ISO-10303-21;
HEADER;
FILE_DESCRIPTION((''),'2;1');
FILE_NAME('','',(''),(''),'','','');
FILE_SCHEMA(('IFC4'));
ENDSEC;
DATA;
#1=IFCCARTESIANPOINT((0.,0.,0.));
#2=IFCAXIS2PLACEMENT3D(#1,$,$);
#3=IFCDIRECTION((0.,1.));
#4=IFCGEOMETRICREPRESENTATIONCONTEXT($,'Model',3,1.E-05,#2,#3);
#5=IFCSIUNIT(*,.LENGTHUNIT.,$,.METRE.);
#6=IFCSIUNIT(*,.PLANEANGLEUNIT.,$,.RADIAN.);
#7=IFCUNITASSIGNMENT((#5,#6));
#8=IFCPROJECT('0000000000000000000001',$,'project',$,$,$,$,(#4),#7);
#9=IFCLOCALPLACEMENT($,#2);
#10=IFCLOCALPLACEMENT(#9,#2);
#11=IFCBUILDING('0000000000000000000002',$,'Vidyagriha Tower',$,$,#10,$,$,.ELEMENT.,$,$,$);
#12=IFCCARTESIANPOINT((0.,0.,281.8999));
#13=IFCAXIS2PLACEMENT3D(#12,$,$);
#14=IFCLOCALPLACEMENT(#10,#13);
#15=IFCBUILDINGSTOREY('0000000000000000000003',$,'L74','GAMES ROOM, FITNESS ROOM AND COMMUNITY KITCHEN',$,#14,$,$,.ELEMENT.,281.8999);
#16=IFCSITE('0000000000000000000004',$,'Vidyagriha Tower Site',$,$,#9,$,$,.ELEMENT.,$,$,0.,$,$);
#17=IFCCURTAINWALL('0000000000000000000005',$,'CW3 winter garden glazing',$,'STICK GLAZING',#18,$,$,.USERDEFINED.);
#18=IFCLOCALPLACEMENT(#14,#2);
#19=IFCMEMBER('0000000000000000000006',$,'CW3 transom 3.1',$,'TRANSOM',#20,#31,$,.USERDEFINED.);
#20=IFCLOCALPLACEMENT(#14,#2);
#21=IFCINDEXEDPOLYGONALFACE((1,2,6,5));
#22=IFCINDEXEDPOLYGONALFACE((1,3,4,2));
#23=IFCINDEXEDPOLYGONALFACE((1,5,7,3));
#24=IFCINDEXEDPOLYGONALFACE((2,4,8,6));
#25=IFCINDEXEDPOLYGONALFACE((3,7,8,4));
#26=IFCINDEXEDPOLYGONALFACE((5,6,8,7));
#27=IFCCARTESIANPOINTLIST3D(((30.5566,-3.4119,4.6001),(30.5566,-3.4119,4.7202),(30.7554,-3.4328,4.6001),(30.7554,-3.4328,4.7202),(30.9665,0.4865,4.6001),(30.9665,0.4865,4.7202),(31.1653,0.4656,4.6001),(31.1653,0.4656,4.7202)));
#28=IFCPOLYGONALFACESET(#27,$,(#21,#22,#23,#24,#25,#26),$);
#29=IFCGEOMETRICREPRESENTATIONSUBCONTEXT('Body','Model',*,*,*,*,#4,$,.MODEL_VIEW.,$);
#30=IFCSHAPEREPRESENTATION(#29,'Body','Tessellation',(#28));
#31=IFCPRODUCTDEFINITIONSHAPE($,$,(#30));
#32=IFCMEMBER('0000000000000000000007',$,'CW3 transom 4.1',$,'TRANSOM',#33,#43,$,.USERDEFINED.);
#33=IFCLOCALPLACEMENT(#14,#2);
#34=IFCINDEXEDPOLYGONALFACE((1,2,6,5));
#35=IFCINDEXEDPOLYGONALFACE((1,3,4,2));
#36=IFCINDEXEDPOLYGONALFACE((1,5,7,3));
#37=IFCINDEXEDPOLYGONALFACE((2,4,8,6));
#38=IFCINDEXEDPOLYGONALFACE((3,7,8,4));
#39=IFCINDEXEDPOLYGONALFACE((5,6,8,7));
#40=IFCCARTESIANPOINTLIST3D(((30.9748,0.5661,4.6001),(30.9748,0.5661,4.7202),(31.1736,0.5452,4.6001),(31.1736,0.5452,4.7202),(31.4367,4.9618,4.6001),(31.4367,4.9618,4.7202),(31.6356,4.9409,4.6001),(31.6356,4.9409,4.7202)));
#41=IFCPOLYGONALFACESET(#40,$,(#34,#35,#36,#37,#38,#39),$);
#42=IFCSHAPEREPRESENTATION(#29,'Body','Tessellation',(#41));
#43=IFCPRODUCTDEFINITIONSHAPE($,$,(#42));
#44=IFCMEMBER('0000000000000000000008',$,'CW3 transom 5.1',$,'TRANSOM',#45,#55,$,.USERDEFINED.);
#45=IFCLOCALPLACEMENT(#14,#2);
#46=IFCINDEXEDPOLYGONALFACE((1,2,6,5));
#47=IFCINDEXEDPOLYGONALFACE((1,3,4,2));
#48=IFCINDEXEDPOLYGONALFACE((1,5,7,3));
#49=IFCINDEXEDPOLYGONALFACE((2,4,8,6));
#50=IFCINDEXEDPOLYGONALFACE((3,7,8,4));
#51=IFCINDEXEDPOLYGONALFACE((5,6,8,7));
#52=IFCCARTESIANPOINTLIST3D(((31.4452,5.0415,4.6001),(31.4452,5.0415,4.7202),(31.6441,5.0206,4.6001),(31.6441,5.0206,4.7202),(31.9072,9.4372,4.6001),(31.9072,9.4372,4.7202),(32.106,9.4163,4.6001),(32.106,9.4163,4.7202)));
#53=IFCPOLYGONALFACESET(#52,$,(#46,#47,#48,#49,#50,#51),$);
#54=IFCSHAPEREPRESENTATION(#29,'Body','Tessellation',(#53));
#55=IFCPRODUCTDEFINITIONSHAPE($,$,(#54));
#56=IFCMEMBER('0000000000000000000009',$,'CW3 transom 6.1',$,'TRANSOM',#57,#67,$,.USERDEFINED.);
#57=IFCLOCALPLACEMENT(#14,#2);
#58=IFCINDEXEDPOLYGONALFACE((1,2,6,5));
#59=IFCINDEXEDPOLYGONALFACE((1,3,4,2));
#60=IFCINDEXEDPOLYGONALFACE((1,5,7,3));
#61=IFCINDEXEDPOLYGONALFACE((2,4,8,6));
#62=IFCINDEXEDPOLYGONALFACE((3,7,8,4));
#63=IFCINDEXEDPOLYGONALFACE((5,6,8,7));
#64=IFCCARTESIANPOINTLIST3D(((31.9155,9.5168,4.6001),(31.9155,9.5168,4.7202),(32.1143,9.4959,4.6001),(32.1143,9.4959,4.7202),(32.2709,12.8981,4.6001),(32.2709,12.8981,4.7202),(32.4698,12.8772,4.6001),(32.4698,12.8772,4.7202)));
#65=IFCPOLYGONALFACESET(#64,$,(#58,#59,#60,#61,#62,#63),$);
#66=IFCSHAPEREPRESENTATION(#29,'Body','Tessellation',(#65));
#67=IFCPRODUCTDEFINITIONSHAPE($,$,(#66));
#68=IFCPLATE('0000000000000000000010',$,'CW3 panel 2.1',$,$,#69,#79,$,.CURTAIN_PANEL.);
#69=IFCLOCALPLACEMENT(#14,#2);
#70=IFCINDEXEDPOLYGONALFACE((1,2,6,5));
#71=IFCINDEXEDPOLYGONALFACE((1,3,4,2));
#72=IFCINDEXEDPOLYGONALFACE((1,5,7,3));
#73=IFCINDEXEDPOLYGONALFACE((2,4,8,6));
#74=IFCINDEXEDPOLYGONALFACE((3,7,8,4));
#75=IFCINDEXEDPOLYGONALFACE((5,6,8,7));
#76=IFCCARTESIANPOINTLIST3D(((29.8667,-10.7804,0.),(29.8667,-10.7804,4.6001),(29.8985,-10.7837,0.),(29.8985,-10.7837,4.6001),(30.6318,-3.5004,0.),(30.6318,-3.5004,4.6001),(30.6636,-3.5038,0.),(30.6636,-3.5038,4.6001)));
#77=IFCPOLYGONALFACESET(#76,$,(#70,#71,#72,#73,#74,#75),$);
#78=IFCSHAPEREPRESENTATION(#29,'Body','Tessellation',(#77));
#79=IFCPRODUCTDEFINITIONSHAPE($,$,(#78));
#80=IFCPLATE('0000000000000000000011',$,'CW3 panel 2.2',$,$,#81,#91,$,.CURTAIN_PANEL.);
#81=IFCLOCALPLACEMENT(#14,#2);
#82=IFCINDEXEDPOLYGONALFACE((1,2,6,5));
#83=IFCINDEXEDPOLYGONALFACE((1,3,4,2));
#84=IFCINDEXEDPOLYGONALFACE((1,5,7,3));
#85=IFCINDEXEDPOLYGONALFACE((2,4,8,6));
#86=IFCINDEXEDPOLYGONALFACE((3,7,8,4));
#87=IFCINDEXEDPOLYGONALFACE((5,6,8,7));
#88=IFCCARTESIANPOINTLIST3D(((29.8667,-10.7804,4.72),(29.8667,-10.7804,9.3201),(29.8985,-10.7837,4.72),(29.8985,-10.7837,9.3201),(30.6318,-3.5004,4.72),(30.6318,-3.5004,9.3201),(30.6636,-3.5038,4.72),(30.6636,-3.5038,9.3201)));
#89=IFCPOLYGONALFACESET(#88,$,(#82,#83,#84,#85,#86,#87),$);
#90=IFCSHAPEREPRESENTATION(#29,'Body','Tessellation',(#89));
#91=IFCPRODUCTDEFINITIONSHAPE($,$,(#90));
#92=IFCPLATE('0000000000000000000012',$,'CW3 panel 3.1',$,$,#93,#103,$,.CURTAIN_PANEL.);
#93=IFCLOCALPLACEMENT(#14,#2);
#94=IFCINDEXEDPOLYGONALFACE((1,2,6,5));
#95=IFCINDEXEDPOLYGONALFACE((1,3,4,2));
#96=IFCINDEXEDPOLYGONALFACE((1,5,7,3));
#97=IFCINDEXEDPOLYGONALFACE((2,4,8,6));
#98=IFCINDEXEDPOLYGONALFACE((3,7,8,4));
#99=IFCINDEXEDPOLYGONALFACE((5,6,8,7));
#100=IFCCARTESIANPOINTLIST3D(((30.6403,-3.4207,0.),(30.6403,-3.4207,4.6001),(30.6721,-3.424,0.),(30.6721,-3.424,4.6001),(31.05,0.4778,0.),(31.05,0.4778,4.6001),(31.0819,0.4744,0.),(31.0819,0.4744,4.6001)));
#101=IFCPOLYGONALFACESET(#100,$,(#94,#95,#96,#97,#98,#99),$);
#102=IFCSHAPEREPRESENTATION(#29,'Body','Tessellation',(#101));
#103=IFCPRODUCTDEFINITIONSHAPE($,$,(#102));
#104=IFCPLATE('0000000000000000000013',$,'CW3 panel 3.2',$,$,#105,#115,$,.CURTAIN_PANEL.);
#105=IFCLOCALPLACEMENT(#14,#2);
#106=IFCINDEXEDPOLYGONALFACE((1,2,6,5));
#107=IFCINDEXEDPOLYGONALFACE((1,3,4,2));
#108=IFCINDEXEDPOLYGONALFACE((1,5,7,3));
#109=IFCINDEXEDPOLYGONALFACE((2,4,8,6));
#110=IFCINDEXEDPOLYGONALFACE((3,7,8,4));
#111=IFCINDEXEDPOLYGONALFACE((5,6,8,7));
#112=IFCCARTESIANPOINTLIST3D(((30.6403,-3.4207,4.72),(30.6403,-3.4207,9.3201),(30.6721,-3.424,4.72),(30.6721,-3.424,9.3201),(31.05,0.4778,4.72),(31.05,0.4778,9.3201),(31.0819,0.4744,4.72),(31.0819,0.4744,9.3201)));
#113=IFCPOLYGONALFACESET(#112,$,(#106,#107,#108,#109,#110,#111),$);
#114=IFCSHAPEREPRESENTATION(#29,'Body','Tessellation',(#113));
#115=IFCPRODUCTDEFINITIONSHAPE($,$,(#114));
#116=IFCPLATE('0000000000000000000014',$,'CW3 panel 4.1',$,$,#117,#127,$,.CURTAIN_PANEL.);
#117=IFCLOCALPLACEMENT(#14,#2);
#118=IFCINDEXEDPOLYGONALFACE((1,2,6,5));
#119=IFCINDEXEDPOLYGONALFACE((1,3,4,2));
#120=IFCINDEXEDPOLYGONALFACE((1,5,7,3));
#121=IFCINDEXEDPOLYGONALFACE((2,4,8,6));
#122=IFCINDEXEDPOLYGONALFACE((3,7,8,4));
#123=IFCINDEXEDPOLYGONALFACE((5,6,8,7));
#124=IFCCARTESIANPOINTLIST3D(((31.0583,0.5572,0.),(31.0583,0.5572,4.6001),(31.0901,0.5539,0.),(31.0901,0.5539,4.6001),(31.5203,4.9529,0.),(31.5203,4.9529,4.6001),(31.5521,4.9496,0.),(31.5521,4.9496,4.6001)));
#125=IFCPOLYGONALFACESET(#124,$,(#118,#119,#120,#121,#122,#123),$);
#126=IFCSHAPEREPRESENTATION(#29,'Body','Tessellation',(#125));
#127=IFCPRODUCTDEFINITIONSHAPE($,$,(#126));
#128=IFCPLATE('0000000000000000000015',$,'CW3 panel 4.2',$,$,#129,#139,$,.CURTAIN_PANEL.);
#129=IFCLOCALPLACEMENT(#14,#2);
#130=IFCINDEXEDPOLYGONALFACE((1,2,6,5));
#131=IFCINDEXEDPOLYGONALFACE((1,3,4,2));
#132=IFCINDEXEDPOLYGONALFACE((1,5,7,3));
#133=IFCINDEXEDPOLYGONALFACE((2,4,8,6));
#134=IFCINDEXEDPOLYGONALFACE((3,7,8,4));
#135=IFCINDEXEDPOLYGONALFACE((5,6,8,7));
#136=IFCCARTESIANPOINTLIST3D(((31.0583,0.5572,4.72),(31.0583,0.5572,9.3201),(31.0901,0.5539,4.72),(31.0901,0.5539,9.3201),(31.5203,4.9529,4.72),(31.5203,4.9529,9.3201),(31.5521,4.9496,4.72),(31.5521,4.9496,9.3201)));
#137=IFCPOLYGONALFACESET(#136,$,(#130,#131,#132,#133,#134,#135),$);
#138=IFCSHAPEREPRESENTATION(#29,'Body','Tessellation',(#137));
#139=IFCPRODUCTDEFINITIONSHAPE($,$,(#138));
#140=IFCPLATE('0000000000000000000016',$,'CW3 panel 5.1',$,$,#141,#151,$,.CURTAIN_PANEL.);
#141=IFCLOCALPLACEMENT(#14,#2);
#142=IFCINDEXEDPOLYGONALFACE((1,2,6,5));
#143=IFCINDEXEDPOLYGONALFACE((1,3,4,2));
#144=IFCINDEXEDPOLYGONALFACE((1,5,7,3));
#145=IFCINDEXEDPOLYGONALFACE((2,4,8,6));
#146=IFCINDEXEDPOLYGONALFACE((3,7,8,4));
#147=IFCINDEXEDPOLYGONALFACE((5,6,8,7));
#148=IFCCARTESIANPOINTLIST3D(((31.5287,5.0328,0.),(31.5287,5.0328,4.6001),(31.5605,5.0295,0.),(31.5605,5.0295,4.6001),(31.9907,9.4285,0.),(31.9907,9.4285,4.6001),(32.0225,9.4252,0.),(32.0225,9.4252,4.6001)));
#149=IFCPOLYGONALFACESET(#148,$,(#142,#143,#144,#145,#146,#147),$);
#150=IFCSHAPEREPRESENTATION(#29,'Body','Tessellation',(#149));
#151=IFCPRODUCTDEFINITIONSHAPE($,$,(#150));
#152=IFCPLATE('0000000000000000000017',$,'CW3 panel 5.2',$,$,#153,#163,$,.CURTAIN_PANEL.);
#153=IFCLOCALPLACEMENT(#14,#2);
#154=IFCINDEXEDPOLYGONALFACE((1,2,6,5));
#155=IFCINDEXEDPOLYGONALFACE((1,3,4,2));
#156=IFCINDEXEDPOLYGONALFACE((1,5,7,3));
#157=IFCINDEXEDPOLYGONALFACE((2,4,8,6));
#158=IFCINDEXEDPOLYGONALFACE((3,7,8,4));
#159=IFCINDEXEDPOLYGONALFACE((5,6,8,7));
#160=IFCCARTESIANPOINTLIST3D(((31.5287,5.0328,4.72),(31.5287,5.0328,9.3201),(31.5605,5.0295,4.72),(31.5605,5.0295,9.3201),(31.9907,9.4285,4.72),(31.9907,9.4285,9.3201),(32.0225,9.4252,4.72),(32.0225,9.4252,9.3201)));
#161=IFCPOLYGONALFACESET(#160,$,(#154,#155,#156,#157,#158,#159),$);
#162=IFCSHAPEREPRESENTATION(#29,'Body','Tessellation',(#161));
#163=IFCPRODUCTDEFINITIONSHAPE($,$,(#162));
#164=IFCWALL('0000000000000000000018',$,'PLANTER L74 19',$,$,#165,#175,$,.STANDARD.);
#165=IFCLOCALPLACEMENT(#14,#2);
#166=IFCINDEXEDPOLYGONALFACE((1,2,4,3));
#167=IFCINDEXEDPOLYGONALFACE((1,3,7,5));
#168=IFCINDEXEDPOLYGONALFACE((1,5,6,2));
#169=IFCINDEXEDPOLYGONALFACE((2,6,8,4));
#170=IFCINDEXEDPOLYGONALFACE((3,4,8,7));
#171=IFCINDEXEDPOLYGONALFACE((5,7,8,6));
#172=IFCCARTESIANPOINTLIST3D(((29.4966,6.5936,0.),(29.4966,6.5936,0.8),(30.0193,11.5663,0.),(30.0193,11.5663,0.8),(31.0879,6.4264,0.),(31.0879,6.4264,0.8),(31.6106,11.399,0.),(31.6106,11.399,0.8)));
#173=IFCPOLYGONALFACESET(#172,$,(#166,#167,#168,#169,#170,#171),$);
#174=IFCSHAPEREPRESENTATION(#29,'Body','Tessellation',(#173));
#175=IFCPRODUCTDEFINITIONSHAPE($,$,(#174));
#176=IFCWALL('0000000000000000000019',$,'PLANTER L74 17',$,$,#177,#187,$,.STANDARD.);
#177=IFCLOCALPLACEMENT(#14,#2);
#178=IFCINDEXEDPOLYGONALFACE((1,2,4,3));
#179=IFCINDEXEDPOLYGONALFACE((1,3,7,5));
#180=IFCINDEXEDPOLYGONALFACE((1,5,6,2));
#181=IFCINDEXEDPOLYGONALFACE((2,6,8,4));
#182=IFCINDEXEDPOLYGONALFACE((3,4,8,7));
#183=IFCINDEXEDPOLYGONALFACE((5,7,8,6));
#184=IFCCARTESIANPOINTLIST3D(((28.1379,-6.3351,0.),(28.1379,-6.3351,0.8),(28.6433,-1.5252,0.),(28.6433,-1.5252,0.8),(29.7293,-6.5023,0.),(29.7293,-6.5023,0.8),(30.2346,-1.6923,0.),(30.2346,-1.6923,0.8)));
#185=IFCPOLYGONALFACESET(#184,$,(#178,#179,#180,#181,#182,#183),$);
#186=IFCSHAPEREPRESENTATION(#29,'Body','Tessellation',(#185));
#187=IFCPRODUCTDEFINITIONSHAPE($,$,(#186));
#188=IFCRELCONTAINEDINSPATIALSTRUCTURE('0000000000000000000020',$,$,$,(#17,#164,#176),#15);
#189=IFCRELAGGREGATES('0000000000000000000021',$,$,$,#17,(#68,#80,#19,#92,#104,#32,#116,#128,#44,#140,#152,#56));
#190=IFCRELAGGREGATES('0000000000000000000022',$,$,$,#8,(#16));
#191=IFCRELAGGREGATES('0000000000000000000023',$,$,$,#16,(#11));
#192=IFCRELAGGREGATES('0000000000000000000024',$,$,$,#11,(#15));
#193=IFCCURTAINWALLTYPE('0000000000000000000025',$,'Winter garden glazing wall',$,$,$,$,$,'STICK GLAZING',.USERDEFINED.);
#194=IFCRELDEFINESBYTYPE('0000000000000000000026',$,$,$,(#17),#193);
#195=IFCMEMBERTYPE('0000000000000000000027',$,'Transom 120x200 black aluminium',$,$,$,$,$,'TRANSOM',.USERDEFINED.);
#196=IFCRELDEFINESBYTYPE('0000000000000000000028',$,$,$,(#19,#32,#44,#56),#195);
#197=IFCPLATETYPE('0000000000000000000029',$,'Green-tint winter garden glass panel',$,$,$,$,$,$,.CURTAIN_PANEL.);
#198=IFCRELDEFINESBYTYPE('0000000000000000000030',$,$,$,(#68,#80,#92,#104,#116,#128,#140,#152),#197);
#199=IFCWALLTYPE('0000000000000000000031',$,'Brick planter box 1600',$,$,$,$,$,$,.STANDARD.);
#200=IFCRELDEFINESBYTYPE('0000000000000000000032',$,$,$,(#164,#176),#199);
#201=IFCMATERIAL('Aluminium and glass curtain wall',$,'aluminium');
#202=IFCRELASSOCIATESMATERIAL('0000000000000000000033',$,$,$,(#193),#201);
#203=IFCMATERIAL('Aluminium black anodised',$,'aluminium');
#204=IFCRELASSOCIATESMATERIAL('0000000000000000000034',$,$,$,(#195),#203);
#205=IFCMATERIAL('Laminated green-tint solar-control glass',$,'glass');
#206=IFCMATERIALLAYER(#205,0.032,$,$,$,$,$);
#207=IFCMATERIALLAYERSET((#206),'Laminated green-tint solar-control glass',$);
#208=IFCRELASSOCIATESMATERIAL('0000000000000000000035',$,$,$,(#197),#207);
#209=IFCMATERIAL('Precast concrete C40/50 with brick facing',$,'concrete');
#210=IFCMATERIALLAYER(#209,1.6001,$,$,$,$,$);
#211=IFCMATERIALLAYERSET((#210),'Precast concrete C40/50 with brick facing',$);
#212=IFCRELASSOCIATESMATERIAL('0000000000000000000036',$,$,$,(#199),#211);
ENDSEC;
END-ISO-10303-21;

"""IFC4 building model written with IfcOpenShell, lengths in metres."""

from ifc_helpers import new_model, si_unit, direction, frame, frame_2d, origin, origin_2d, place, context, subcontext, project, spatial, rectangle, extrude, material, layer, layer_set, material_profile, profile_set, type_object, element, aggregate, save


model = new_model("IFC4")

# Units and contexts
model_context = context("Model", 3, precision=1e-05, world=origin(), true_north=direction((0.0, 1.0)))
body_context = subcontext(model_context, "Body", "Model", "MODEL_VIEW")
ifc_project = project(units=[si_unit("LENGTHUNIT", "METRE"), si_unit("PLANEANGLEUNIT", "RADIAN")], contexts=[model_context])

# Site, building, storey
site_placement = place(None, origin())
site = spatial("IfcSite", under=ifc_project, at=site_placement, Name="Vidyagriha Tower Site", CompositionType="ELEMENT", RefElevation=0.0)
building_placement = place(site_placement, origin())
building = spatial("IfcBuilding", under=site, at=building_placement, Name="Vidyagriha Tower", CompositionType="ELEMENT")
storey_placement = place(building_placement, frame((0.0, 0.0, 281.8999)))
storey = spatial("IfcBuildingStorey", under=building, at=storey_placement, Name="L74", Description="GAMES ROOM, FITNESS ROOM AND COMMUNITY KITCHEN", CompositionType="ELEMENT", Elevation=281.8999)

# Curtain wall, members, plates
ifc_material_1 = material(Name="Aluminium and glass curtain wall", Category="aluminium")
curtain_wall_type = type_object("IfcCurtainWallType", Name="Winter garden glazing wall", ElementType="STICK GLAZING", PredefinedType="USERDEFINED", material=ifc_material_1)
curtain_wall_placement = place(storey_placement, origin())
curtain_wall = element("IfcCurtainWall", 1, at=curtain_wall_placement, inside=storey, type_object=curtain_wall_type, Name="CW3 winter garden glazing", ObjectType="STICK GLAZING", PredefinedType="USERDEFINED")
ifc_material_2 = material(Name="Aluminium black anodised", Category="aluminium")
ifc_material_profile_1 = material_profile(ifc_material_2, rectangle(XDim=0.2, YDim=0.1201, at=origin_2d()), Name="Transom 120x200 black aluminium")
ifc_profile_set_1 = profile_set([ifc_material_profile_1], Name="Aluminium black anodised")
member_type_1 = type_object("IfcMemberType", Name="Transom 120x200 black aluminium", ElementType="TRANSOM", PredefinedType="USERDEFINED", material=ifc_profile_set_1)
member_1_placement = place(storey_placement, frame((30.656, -3.4224, 4.6602), z_axis=(0.104571, 0.994517, 0.0), x_axis=(-0.994517, 0.104571, 0.0)))
member_1 = element("IfcMember", 2, at=member_1_placement, type_object=member_type_1, Name="CW3 transom 3.1", ObjectType="TRANSOM", PredefinedType="USERDEFINED", context=body_context, shape_type="SweptSolid", body=[
    extrude(rectangle(XDim=0.2, YDim=0.1201, at=origin_2d()), origin(), (0.0, 0.0, 1.0), 3.9199),
])
member_2_placement = place(storey_placement, frame((31.0742, 0.5557, 4.6602), z_axis=(0.104507, 0.994524, 0.0), x_axis=(-0.994524, 0.104507, 0.0)))
member_2 = element("IfcMember", 3, at=member_2_placement, type_object=member_type_1, Name="CW3 transom 4.1", ObjectType="TRANSOM", PredefinedType="USERDEFINED", context=body_context, shape_type="SweptSolid", body=[
    extrude(rectangle(XDim=0.2, YDim=0.1201, at=origin_2d()), origin(), (0.0, 0.0, 1.0), 4.4199),
])
member_3_placement = place(storey_placement, frame((31.5447, 5.031, 4.6602), z_axis=(0.104507, 0.994524, 0.0), x_axis=(-0.994524, 0.104507, 0.0)))
member_3 = element("IfcMember", 4, at=member_3_placement, type_object=member_type_1, Name="CW3 transom 5.1", ObjectType="TRANSOM", PredefinedType="USERDEFINED", context=body_context, shape_type="SweptSolid", body=[
    extrude(rectangle(XDim=0.2, YDim=0.1201, at=origin_2d()), origin(), (0.0, 0.0, 1.0), 4.4199),
])
member_4_placement = place(storey_placement, frame((32.0149, 9.5063, 4.6602), z_axis=(0.10455, 0.99452, 0.0), x_axis=(-0.99452, 0.10455, 0.0)))
member_4 = element("IfcMember", 5, at=member_4_placement, type_object=member_type_1, Name="CW3 transom 6.1", ObjectType="TRANSOM", PredefinedType="USERDEFINED", context=body_context, shape_type="SweptSolid", body=[
    extrude(rectangle(XDim=0.2, YDim=0.1201, at=origin_2d()), origin(), (0.0, 0.0, 1.0), 3.3999),
])
ifc_material_3 = material(Name="Laminated green-tint solar-control glass", Category="glass")
ifc_layer_1 = layer(ifc_material_3, 0.032)
ifc_layer_set_1 = layer_set([ifc_layer_1], Name="Laminated green-tint solar-control glass")
plate_type = type_object("IfcPlateType", Name="Green-tint winter garden glass panel", PredefinedType="CURTAIN_PANEL", material=ifc_layer_set_1)
plate_1_placement = place(storey_placement, frame((30.2651, -7.1421, 0.0), z_axis=(0.0, 0.0, 1.0), x_axis=(0.104527, 0.994522, 0.0)))
plate_1 = element("IfcPlate", 6, at=plate_1_placement, type_object=plate_type, Name="CW3 panel 2.1", PredefinedType="CURTAIN_PANEL", context=body_context, shape_type="SweptSolid", body=[
    extrude(rectangle(XDim=7.3201, YDim=0.032, at=origin_2d()), origin(), (0.0, 0.0, 1.0), 4.6001),
])
plate_2_placement = place(storey_placement, frame((30.2651, -7.1421, 4.72), z_axis=(0.0, 0.0, 1.0), x_axis=(0.104527, 0.994522, 0.0)))
plate_2 = element("IfcPlate", 7, at=plate_2_placement, type_object=plate_type, Name="CW3 panel 2.2", PredefinedType="CURTAIN_PANEL", context=body_context, shape_type="SweptSolid", body=[
    extrude(rectangle(XDim=7.3201, YDim=0.032, at=origin_2d()), origin(), (0.0, 0.0, 1.0), 4.6001),
])
plate_3_placement = place(storey_placement, frame((30.8611, -1.4731, 0.0), z_axis=(0.0, 0.0, 1.0), x_axis=(0.104527, 0.994522, 0.0)))
plate_3 = element("IfcPlate", 8, at=plate_3_placement, type_object=plate_type, Name="CW3 panel 3.1", PredefinedType="CURTAIN_PANEL", context=body_context, shape_type="SweptSolid", body=[
    extrude(rectangle(XDim=3.9199, YDim=0.032, at=origin_2d()), origin(), (0.0, 0.0, 1.0), 4.6001),
])
plate_4_placement = place(storey_placement, frame((30.8611, -1.4731, 4.72), z_axis=(0.0, 0.0, 1.0), x_axis=(0.104527, 0.994522, 0.0)))
plate_4 = element("IfcPlate", 9, at=plate_4_placement, type_object=plate_type, Name="CW3 panel 3.2", PredefinedType="CURTAIN_PANEL", context=body_context, shape_type="SweptSolid", body=[
    extrude(rectangle(XDim=3.9199, YDim=0.032, at=origin_2d()), origin(), (0.0, 0.0, 1.0), 4.6001),
])
plate_5_placement = place(storey_placement, frame((31.3052, 2.7534, 0.0), z_axis=(0.0, 0.0, 1.0), x_axis=(0.104527, 0.994522, 0.0)))
plate_5 = element("IfcPlate", 10, at=plate_5_placement, type_object=plate_type, Name="CW3 panel 4.1", PredefinedType="CURTAIN_PANEL", context=body_context, shape_type="SweptSolid", body=[
    extrude(rectangle(XDim=4.4199, YDim=0.032, at=origin_2d()), origin(), (0.0, 0.0, 1.0), 4.6001),
])
plate_6_placement = place(storey_placement, frame((31.3052, 2.7534, 4.72), z_axis=(0.0, 0.0, 1.0), x_axis=(0.104527, 0.994522, 0.0)))
plate_6 = element("IfcPlate", 11, at=plate_6_placement, type_object=plate_type, Name="CW3 panel 4.2", PredefinedType="CURTAIN_PANEL", context=body_context, shape_type="SweptSolid", body=[
    extrude(rectangle(XDim=4.4199, YDim=0.032, at=origin_2d()), origin(), (0.0, 0.0, 1.0), 4.6001),
])
plate_7_placement = place(storey_placement, frame((31.7756, 7.229, 0.0), z_axis=(0.0, 0.0, 1.0), x_axis=(0.104527, 0.994522, 0.0)))
plate_7 = element("IfcPlate", 12, at=plate_7_placement, type_object=plate_type, Name="CW3 panel 5.1", PredefinedType="CURTAIN_PANEL", context=body_context, shape_type="SweptSolid", body=[
    extrude(rectangle(XDim=4.4199, YDim=0.032, at=origin_2d()), origin(), (0.0, 0.0, 1.0), 4.6001),
])
plate_8_placement = place(storey_placement, frame((31.7756, 7.229, 4.72), z_axis=(0.0, 0.0, 1.0), x_axis=(0.104527, 0.994522, 0.0)))
plate_8 = element("IfcPlate", 13, at=plate_8_placement, type_object=plate_type, Name="CW3 panel 5.2", PredefinedType="CURTAIN_PANEL", context=body_context, shape_type="SweptSolid", body=[
    extrude(rectangle(XDim=4.4199, YDim=0.032, at=origin_2d()), origin(), (0.0, 0.0, 1.0), 4.6001),
])
aggregate(curtain_wall, [plate_1, plate_2, member_1, plate_3, plate_4, member_2, plate_5, plate_6, member_3, plate_7, plate_8, member_4])

# Walls
ifc_material_4 = material(Name="Precast concrete C40/50 with brick facing", Category="concrete")
ifc_layer_2 = layer(ifc_material_4, 1.6001)
ifc_layer_set_2 = layer_set([ifc_layer_2], Name="Precast concrete C40/50 with brick facing")
wall_type_1 = type_object("IfcWallType", Name="Brick planter box 1600", PredefinedType="STANDARD", material=ifc_layer_set_2)
wall_1_placement = place(storey_placement, frame((30.2922, 6.51, 0.0), z_axis=(0.0, 0.0, 1.0), x_axis=(0.10454, 0.994521, 0.0)))
element("IfcWall", 14, at=wall_1_placement, inside=storey, type_object=wall_type_1, Name="PLANTER L74 19", PredefinedType="STANDARD", context=body_context, shape_type="SweptSolid", body=[
    extrude(rectangle(XDim=5.0, YDim=1.6001, at=frame_2d((2.5, 0.0))), origin(), (0.0, 0.0, 1.0), 0.8),
])
wall_2_placement = place(storey_placement, frame((28.9336, -6.4187, 0.0), z_axis=(0.0, 0.0, 1.0), x_axis=(0.10449, 0.994526, 0.0)))
element("IfcWall", 15, at=wall_2_placement, inside=storey, type_object=wall_type_1, Name="PLANTER L74 17", PredefinedType="STANDARD", context=body_context, shape_type="SweptSolid", body=[
    extrude(rectangle(XDim=4.8364, YDim=1.6001, at=frame_2d((2.4182, 0.0))), origin(), (0.0, 0.0, 1.0), 0.8),
])

save(model, "model.ifc")
